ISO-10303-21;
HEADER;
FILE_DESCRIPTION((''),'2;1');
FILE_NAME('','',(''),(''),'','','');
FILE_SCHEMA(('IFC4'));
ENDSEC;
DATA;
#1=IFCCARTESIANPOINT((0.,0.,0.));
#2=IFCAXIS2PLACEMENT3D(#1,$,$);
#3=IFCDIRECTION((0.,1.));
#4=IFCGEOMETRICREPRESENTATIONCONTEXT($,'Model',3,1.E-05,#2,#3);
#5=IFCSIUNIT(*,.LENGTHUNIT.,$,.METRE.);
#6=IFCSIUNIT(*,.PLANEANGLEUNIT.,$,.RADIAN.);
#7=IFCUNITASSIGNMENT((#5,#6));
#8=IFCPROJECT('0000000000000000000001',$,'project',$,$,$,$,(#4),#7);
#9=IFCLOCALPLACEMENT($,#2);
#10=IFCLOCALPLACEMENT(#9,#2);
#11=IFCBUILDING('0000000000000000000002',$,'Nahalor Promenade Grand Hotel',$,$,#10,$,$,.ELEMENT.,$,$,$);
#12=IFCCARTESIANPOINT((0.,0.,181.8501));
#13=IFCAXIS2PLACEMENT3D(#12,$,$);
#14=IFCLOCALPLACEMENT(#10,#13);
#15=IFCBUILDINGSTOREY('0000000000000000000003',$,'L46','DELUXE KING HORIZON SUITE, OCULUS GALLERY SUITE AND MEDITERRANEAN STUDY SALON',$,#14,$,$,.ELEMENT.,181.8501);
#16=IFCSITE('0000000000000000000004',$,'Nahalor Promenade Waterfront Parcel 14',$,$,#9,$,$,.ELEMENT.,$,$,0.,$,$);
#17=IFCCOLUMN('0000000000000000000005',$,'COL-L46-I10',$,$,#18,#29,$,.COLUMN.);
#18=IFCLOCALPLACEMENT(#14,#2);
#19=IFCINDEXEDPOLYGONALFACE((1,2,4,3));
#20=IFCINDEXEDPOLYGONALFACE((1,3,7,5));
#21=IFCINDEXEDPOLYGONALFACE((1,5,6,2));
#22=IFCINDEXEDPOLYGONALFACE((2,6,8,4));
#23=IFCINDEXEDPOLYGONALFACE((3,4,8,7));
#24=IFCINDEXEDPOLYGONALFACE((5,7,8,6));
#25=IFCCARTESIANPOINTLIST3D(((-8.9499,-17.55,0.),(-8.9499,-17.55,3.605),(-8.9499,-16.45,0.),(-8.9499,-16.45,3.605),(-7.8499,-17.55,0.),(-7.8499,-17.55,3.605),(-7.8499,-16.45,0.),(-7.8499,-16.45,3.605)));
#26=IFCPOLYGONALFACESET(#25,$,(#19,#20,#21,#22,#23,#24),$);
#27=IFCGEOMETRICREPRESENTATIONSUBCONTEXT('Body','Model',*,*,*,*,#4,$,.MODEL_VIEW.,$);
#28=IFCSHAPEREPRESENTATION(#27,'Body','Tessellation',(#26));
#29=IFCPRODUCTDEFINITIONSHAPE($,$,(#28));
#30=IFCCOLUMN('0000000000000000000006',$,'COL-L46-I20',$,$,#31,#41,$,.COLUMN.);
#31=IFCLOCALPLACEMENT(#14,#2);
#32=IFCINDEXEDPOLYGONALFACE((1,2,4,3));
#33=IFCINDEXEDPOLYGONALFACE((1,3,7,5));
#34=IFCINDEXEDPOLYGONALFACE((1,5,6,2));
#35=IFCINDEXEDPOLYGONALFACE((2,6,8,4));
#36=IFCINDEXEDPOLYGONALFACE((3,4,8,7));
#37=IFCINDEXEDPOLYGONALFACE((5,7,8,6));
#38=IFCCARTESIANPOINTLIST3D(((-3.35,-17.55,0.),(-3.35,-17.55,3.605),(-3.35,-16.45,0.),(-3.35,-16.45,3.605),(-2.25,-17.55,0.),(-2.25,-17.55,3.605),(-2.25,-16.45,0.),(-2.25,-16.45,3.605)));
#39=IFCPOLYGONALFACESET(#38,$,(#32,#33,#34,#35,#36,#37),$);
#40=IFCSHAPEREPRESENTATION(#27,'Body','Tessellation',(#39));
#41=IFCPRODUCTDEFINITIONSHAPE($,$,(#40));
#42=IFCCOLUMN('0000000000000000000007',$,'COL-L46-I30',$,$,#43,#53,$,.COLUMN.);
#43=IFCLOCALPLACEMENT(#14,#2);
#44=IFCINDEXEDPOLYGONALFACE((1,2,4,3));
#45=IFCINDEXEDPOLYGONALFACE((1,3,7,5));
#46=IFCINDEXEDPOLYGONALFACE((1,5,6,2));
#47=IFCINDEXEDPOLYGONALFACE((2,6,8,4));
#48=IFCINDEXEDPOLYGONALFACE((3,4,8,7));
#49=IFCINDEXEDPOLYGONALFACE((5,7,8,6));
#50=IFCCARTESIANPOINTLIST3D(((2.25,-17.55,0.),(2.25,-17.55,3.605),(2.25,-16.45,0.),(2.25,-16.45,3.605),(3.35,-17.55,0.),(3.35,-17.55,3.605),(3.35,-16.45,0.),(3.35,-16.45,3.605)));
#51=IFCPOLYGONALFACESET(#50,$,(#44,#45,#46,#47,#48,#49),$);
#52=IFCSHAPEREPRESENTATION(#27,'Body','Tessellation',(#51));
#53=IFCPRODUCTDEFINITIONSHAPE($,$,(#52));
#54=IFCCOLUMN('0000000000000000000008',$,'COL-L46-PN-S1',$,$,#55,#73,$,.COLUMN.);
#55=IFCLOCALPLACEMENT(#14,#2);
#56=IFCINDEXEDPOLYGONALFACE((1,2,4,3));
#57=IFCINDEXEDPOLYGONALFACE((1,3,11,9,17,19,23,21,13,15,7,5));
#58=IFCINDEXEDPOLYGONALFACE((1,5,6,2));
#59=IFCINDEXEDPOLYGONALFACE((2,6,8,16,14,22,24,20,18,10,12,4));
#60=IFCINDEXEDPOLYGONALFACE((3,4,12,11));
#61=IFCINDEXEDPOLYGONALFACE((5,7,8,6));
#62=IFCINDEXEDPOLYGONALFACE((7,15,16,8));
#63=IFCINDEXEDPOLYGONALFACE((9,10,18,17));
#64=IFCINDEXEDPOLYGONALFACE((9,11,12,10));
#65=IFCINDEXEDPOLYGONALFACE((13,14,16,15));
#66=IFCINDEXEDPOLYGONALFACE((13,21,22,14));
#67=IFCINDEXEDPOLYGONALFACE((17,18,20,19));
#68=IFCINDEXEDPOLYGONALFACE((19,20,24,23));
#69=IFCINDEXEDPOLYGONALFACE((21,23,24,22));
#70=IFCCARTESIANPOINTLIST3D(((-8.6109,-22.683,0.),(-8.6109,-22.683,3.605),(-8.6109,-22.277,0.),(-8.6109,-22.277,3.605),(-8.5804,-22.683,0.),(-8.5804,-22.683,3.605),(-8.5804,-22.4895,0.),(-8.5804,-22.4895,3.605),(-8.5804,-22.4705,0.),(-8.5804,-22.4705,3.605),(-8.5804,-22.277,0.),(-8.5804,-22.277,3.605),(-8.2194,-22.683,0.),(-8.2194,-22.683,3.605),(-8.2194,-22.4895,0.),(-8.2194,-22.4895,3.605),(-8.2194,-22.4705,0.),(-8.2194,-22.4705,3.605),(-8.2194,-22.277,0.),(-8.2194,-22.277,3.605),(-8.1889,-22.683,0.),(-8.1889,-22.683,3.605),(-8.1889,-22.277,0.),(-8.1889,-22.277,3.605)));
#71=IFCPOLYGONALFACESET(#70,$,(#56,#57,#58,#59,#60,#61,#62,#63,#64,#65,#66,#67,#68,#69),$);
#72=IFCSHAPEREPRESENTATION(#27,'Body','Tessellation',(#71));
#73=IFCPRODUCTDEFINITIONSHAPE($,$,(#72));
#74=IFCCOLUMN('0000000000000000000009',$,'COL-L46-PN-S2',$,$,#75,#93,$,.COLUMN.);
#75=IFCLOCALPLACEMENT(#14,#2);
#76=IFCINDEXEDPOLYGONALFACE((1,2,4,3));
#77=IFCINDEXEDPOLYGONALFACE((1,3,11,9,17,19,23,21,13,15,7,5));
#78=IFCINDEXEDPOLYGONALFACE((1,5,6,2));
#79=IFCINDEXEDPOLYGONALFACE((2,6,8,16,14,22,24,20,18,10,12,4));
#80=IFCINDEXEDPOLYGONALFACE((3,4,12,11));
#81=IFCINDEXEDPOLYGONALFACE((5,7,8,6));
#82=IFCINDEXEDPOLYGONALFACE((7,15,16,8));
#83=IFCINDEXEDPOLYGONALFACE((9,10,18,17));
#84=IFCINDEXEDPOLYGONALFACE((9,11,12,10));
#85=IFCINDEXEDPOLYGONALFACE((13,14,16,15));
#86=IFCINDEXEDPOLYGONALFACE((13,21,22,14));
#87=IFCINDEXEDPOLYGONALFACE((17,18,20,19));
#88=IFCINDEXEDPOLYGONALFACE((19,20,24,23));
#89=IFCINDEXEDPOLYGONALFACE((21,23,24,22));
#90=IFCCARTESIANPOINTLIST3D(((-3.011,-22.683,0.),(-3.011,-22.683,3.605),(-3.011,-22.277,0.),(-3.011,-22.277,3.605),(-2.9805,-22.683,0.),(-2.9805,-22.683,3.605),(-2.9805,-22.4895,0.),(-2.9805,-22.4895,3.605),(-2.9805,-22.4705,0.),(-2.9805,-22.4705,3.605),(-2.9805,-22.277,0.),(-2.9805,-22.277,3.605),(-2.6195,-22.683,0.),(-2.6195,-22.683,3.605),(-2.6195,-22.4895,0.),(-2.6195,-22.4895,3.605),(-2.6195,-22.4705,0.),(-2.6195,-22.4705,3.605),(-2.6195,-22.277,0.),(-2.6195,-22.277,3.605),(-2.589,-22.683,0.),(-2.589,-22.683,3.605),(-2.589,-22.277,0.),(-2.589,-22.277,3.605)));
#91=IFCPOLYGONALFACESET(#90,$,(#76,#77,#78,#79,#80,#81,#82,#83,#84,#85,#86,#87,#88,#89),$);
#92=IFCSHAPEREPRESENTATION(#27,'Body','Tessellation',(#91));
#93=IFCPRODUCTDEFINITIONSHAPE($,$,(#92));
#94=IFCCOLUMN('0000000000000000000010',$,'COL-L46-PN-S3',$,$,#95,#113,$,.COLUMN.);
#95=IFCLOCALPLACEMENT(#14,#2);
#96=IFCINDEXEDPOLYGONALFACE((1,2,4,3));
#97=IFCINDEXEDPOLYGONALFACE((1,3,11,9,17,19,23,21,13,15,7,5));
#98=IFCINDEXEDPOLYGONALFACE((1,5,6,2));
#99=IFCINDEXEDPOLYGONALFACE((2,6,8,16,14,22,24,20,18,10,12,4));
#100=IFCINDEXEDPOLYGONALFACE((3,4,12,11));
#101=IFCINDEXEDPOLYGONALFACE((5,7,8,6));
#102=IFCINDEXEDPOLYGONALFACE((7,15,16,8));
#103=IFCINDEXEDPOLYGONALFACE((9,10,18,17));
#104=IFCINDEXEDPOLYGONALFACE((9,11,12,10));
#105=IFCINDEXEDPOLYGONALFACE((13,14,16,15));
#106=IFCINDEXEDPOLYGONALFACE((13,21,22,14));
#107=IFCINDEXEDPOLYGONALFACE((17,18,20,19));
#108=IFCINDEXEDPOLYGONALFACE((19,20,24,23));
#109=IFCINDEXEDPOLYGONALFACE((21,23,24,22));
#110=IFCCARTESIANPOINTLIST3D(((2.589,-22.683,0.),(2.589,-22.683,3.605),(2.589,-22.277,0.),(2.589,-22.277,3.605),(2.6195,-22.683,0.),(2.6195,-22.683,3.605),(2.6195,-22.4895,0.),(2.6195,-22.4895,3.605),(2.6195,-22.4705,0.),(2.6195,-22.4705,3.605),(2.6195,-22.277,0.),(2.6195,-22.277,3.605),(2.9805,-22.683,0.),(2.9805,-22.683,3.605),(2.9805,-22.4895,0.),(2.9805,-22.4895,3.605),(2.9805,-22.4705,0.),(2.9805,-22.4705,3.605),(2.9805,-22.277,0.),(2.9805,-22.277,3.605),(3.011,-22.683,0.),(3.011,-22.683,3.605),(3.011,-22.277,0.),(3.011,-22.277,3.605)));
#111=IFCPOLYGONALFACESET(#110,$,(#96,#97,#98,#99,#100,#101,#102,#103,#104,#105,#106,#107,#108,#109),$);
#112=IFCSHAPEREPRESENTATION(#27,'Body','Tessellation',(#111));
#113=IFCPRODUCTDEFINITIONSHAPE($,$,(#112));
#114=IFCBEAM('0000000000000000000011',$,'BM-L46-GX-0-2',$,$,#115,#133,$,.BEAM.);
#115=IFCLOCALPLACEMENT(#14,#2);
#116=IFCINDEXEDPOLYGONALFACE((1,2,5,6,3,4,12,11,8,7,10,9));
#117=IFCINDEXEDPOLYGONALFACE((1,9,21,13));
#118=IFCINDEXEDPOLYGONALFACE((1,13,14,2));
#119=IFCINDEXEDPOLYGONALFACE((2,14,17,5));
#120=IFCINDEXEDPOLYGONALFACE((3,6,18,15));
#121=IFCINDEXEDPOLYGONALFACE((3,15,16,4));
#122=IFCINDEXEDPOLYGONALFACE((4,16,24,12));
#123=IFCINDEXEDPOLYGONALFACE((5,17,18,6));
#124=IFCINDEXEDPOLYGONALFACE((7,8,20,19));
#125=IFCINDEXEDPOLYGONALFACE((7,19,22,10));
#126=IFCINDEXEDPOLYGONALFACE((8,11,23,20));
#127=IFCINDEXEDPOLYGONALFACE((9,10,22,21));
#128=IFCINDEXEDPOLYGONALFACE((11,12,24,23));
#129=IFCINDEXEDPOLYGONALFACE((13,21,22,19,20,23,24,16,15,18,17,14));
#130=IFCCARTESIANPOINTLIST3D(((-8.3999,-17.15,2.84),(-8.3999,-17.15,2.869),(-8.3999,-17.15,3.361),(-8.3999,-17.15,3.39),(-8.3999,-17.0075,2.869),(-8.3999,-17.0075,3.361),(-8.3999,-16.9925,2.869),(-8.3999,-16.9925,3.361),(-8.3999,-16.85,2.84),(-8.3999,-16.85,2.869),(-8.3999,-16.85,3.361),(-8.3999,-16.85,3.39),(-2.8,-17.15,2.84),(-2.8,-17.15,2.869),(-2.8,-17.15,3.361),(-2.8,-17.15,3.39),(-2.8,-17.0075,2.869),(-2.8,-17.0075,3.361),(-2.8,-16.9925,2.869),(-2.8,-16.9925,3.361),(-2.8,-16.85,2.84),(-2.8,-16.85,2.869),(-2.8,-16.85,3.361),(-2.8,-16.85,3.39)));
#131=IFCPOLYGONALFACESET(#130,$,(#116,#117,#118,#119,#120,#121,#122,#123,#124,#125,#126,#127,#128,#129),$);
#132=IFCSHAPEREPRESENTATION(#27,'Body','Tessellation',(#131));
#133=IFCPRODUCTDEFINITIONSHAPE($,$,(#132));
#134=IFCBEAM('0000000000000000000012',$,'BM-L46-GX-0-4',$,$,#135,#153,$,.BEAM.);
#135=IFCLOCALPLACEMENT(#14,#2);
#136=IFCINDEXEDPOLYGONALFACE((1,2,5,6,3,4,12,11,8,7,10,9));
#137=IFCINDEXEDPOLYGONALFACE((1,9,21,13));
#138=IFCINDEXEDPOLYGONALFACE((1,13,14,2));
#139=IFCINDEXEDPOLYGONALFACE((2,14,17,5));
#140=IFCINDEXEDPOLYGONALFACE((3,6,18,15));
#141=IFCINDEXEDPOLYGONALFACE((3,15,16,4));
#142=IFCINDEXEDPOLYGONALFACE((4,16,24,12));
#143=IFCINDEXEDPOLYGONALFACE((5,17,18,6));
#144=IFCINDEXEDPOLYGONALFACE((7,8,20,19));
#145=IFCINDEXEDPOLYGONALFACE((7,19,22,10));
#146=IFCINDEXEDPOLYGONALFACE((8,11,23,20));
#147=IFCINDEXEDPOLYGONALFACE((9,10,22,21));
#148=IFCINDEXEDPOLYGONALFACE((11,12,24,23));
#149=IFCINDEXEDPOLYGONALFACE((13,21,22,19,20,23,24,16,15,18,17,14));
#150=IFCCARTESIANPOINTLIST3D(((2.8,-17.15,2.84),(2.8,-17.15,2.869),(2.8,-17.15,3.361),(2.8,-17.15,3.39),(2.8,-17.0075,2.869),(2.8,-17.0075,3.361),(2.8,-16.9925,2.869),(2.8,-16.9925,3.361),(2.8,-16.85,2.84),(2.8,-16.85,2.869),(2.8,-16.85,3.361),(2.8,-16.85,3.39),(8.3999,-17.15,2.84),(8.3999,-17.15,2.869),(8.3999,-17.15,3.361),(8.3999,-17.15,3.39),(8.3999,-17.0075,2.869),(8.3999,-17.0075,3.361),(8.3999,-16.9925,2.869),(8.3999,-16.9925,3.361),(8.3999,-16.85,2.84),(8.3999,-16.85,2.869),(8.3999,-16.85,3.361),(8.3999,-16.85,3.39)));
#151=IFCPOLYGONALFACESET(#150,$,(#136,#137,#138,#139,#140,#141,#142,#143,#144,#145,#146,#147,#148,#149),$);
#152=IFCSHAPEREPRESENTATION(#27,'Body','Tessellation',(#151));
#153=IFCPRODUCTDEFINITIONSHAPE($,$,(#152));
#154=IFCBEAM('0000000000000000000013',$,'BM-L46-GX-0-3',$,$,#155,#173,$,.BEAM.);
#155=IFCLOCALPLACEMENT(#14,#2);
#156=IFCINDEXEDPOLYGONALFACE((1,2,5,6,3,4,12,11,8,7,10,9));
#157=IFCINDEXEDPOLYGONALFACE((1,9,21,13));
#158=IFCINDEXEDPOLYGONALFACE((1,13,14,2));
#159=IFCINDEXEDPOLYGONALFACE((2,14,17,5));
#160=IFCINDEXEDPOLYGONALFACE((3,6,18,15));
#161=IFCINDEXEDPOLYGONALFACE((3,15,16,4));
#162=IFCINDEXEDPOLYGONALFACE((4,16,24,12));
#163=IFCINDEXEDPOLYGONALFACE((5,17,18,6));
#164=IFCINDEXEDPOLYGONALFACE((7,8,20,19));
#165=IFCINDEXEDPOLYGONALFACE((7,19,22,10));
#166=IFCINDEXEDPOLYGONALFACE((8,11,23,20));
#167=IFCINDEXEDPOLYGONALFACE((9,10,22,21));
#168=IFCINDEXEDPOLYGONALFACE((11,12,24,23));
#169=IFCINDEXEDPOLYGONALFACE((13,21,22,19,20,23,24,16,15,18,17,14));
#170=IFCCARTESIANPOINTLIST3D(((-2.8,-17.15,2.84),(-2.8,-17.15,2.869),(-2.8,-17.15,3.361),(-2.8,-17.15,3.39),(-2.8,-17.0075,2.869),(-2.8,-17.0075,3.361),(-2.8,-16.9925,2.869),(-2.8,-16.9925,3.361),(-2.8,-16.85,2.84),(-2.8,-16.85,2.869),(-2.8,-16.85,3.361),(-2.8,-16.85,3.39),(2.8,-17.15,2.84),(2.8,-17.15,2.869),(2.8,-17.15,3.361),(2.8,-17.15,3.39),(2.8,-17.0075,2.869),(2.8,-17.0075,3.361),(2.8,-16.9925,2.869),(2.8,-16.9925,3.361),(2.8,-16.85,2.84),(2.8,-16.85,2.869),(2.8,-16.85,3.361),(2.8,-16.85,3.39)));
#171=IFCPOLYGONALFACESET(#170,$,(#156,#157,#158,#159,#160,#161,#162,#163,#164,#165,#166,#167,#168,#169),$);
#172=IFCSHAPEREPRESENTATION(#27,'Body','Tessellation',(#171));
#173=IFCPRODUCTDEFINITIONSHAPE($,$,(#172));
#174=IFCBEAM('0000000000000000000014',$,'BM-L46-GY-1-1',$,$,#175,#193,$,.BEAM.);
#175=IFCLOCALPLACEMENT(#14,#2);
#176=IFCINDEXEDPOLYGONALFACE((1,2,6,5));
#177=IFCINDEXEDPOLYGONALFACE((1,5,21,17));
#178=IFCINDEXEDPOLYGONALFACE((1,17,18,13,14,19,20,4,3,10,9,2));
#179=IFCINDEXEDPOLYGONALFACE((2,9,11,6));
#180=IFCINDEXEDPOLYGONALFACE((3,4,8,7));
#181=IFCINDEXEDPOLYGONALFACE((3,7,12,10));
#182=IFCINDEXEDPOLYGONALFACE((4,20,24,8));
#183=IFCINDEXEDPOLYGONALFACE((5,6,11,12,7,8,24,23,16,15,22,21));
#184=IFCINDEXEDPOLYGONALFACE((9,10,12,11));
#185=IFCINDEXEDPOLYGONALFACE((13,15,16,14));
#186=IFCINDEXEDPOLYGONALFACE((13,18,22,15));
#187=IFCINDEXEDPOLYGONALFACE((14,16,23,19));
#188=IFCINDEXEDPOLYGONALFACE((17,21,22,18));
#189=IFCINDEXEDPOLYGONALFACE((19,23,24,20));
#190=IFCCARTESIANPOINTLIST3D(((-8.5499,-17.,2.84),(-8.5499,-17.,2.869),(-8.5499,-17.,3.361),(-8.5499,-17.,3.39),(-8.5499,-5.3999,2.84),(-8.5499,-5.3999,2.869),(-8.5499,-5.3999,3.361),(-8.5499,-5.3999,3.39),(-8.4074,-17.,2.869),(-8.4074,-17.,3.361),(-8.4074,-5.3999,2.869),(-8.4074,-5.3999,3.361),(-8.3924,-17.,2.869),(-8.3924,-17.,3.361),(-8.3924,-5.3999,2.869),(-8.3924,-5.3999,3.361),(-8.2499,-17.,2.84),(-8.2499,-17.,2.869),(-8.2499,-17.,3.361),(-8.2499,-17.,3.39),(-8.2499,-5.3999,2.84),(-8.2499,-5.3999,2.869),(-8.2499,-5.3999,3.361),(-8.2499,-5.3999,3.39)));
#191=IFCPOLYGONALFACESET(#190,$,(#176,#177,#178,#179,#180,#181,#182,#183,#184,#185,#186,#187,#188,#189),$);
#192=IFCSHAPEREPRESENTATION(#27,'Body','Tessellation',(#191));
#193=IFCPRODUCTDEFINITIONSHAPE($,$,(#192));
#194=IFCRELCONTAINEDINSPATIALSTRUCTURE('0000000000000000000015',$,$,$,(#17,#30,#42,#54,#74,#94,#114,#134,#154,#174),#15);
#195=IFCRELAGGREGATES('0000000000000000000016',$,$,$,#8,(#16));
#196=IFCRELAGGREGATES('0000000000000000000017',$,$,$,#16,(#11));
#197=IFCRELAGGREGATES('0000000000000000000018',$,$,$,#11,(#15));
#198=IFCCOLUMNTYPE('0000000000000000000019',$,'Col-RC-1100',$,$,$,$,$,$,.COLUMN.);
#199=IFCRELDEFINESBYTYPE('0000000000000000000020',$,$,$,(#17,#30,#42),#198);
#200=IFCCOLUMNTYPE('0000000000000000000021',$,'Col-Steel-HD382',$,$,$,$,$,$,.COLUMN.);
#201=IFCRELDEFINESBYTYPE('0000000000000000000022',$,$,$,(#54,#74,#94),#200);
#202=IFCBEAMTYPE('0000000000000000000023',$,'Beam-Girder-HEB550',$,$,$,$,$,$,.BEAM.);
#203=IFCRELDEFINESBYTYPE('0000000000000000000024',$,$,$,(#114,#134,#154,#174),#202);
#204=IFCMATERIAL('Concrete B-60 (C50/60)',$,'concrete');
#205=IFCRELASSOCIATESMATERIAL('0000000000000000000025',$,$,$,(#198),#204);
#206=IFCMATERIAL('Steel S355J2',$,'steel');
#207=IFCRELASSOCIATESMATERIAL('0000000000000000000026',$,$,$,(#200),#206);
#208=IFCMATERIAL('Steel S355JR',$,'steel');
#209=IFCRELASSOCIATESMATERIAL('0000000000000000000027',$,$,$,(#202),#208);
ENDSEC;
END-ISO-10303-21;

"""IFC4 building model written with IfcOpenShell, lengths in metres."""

from ifc_helpers import new_model, si_unit, direction, frame, origin, origin_2d, place, context, subcontext, project, spatial, rectangle, i_section, extrude, source, transform, mapped, material, material_profile, profile_set, type_object, element, save


model = new_model("IFC4")

# Units and contexts
model_context = context("Model", 3, precision=1e-05, world=origin(), true_north=direction((0.0, 1.0)))
body_context = subcontext(model_context, "Body", "Model", "MODEL_VIEW")
ifc_project = project(units=[si_unit("LENGTHUNIT", "METRE"), si_unit("PLANEANGLEUNIT", "RADIAN")], contexts=[model_context])

# Site, building, storey
site_placement = place(None, origin())
site = spatial("IfcSite", under=ifc_project, at=site_placement, Name="Nahalor Promenade Waterfront Parcel 14", CompositionType="ELEMENT", RefElevation=0.0)
building_placement = place(site_placement, origin())
building = spatial("IfcBuilding", under=site, at=building_placement, Name="Nahalor Promenade Grand Hotel", CompositionType="ELEMENT")
storey_placement = place(building_placement, frame((0.0, 0.0, 181.8501)))
storey = spatial("IfcBuildingStorey", under=building, at=storey_placement, Name="L46", Description="DELUXE KING HORIZON SUITE, OCULUS GALLERY SUITE AND MEDITERRANEAN STUDY SALON", CompositionType="ELEMENT", Elevation=181.8501)

# Columns
ifc_material_1 = material(Name="Concrete B-60 (C50/60)", Category="concrete")
ifc_material_profile_1 = material_profile(ifc_material_1, rectangle(XDim=1.1, YDim=1.1, at=origin_2d()), Name="RC 1100x1100")
ifc_profile_set_1 = profile_set([ifc_material_profile_1], Name="Concrete B-60 (C50/60)")
column_type_1 = type_object("IfcColumnType", Name="Col-RC-1100", PredefinedType="COLUMN", material=ifc_profile_set_1)
shared_shape_1 = source(origin(), body_context, "Body", "SweptSolid", [
    extrude(rectangle(XDim=1.1, YDim=1.1, at=origin_2d()), origin(), (0.0, 0.0, 1.0), 3.605),
])
for number, where, z_axis, x_axis, name in (
    (1, (-8.3999, -17.0, 0.0), (0.0, 0.0, 1.0), (1.0, 0.0, 0.0), "COL-L46-I10"),
    (2, (-2.8, -17.0, 0.0), (0.0, 0.0, 1.0), (1.0, 0.0, 0.0), "COL-L46-I20"),
    (3, (2.8, -17.0, 0.0), (0.0, 0.0, 1.0), (1.0, 0.0, 0.0), "COL-L46-I30"),
):
    element("IfcColumn", number, at=place(storey_placement, frame(where, z_axis=z_axis, x_axis=x_axis)), inside=storey, type_object=column_type_1, Name=name, PredefinedType="COLUMN", context=body_context, shape_type="MappedRepresentation", body=[
        mapped(shared_shape_1, transform((0.0, 0.0, 0.0), scale=1.0)),
    ])
ifc_material_2 = material(Name="Steel S355J2", Category="steel")
ifc_material_profile_2 = material_profile(ifc_material_2, i_section(OverallWidth=0.406, OverallDepth=0.422, WebThickness=0.019, FlangeThickness=0.0305, at=origin_2d()), Name="HD 400x382")
ifc_profile_set_2 = profile_set([ifc_material_profile_2], Name="Steel S355J2")
column_type_2 = type_object("IfcColumnType", Name="Col-Steel-HD382", PredefinedType="COLUMN", material=ifc_profile_set_2)
shared_shape_2 = source(origin(), body_context, "Body", "SweptSolid", [
    extrude(i_section(OverallWidth=0.406, OverallDepth=0.422, WebThickness=0.019, FlangeThickness=0.0305, at=origin_2d()), origin(), (0.0, 0.0, 1.0), 3.605),
])
for number, where, z_axis, x_axis, name in (
    (4, (-8.3999, -22.48, 0.0), (0.0, 0.0, 1.0), (0.0, 1.0, 0.0), "COL-L46-PN-S1"),
    (5, (-2.8, -22.48, 0.0), (0.0, 0.0, 1.0), (0.0, 1.0, 0.0), "COL-L46-PN-S2"),
    (6, (2.8, -22.48, 0.0), (0.0, 0.0, 1.0), (0.0, 1.0, 0.0), "COL-L46-PN-S3"),
):
    element("IfcColumn", number, at=place(storey_placement, frame(where, z_axis=z_axis, x_axis=x_axis)), inside=storey, type_object=column_type_2, Name=name, PredefinedType="COLUMN", context=body_context, shape_type="MappedRepresentation", body=[
        mapped(shared_shape_2, transform((0.0, 0.0, 0.0), scale=1.0)),
    ])

# Beams
ifc_material_3 = material(Name="Steel S355JR", Category="steel")
ifc_material_profile_3 = material_profile(ifc_material_3, i_section(OverallWidth=0.3, OverallDepth=0.55, WebThickness=0.015, FlangeThickness=0.029, at=origin_2d()), Name="HEB 550")
ifc_profile_set_3 = profile_set([ifc_material_profile_3], Name="Steel S355JR")
beam_type_1 = type_object("IfcBeamType", Name="Beam-Girder-HEB550", PredefinedType="BEAM", material=ifc_profile_set_3)
shared_shape_3 = source(origin(), body_context, "Body", "SweptSolid", [
    extrude(i_section(OverallWidth=0.3, OverallDepth=0.55, WebThickness=0.015, FlangeThickness=0.029, at=origin_2d()), origin(), (0.0, 0.0, 1.0), 5.5999),
])
for number, where, z_axis, x_axis, name in (
    (7, (-8.3999, -17.0, 3.115), (1.0, 0.0, 0.0), (0.0, 1.0, 0.0), "BM-L46-GX-0-2"),
    (8, (2.8, -17.0, 3.115), (1.0, 0.0, 0.0), (0.0, 1.0, 0.0), "BM-L46-GX-0-4"),
):
    element("IfcBeam", number, at=place(storey_placement, frame(where, z_axis=z_axis, x_axis=x_axis)), inside=storey, type_object=beam_type_1, Name=name, PredefinedType="BEAM", context=body_context, shape_type="MappedRepresentation", body=[
        mapped(shared_shape_3, transform((0.0, 0.0, 0.0), scale=1.0)),
    ])
shared_shape_4 = source(origin(), body_context, "Body", "SweptSolid", [
    extrude(i_section(OverallWidth=0.3, OverallDepth=0.55, WebThickness=0.015, FlangeThickness=0.029, at=origin_2d()), origin(), (0.0, 0.0, 1.0), 5.6001),
])
beam_1_placement = place(storey_placement, frame((-2.8, -17.0, 3.115), z_axis=(1.0, 0.0, 0.0), x_axis=(0.0, 1.0, 0.0)))
element("IfcBeam", 9, at=beam_1_placement, inside=storey, type_object=beam_type_1, Name="BM-L46-GX-0-3", PredefinedType="BEAM", context=body_context, shape_type="MappedRepresentation", body=[
    mapped(shared_shape_4, transform((0.0, 0.0, 0.0), scale=1.0)),
])
shared_shape_5 = source(origin(), body_context, "Body", "SweptSolid", [
    extrude(i_section(OverallWidth=0.3, OverallDepth=0.55, WebThickness=0.015, FlangeThickness=0.029, at=origin_2d()), origin(), (0.0, 0.0, 1.0), 11.6001),
])
for number, where, z_axis, x_axis, name in (
    (10, (-8.3999, -17.0, 3.115), (0.0, 1.0, 0.0), (-1.0, 0.0, 0.0), "BM-L46-GY-1-1"),
):
    element("IfcBeam", number, at=place(storey_placement, frame(where, z_axis=z_axis, x_axis=x_axis)), inside=storey, type_object=beam_type_1, Name=name, PredefinedType="BEAM", context=body_context, shape_type="MappedRepresentation", body=[
        mapped(shared_shape_5, transform((0.0, 0.0, 0.0), scale=1.0)),
    ])

save(model, "model.ifc")
